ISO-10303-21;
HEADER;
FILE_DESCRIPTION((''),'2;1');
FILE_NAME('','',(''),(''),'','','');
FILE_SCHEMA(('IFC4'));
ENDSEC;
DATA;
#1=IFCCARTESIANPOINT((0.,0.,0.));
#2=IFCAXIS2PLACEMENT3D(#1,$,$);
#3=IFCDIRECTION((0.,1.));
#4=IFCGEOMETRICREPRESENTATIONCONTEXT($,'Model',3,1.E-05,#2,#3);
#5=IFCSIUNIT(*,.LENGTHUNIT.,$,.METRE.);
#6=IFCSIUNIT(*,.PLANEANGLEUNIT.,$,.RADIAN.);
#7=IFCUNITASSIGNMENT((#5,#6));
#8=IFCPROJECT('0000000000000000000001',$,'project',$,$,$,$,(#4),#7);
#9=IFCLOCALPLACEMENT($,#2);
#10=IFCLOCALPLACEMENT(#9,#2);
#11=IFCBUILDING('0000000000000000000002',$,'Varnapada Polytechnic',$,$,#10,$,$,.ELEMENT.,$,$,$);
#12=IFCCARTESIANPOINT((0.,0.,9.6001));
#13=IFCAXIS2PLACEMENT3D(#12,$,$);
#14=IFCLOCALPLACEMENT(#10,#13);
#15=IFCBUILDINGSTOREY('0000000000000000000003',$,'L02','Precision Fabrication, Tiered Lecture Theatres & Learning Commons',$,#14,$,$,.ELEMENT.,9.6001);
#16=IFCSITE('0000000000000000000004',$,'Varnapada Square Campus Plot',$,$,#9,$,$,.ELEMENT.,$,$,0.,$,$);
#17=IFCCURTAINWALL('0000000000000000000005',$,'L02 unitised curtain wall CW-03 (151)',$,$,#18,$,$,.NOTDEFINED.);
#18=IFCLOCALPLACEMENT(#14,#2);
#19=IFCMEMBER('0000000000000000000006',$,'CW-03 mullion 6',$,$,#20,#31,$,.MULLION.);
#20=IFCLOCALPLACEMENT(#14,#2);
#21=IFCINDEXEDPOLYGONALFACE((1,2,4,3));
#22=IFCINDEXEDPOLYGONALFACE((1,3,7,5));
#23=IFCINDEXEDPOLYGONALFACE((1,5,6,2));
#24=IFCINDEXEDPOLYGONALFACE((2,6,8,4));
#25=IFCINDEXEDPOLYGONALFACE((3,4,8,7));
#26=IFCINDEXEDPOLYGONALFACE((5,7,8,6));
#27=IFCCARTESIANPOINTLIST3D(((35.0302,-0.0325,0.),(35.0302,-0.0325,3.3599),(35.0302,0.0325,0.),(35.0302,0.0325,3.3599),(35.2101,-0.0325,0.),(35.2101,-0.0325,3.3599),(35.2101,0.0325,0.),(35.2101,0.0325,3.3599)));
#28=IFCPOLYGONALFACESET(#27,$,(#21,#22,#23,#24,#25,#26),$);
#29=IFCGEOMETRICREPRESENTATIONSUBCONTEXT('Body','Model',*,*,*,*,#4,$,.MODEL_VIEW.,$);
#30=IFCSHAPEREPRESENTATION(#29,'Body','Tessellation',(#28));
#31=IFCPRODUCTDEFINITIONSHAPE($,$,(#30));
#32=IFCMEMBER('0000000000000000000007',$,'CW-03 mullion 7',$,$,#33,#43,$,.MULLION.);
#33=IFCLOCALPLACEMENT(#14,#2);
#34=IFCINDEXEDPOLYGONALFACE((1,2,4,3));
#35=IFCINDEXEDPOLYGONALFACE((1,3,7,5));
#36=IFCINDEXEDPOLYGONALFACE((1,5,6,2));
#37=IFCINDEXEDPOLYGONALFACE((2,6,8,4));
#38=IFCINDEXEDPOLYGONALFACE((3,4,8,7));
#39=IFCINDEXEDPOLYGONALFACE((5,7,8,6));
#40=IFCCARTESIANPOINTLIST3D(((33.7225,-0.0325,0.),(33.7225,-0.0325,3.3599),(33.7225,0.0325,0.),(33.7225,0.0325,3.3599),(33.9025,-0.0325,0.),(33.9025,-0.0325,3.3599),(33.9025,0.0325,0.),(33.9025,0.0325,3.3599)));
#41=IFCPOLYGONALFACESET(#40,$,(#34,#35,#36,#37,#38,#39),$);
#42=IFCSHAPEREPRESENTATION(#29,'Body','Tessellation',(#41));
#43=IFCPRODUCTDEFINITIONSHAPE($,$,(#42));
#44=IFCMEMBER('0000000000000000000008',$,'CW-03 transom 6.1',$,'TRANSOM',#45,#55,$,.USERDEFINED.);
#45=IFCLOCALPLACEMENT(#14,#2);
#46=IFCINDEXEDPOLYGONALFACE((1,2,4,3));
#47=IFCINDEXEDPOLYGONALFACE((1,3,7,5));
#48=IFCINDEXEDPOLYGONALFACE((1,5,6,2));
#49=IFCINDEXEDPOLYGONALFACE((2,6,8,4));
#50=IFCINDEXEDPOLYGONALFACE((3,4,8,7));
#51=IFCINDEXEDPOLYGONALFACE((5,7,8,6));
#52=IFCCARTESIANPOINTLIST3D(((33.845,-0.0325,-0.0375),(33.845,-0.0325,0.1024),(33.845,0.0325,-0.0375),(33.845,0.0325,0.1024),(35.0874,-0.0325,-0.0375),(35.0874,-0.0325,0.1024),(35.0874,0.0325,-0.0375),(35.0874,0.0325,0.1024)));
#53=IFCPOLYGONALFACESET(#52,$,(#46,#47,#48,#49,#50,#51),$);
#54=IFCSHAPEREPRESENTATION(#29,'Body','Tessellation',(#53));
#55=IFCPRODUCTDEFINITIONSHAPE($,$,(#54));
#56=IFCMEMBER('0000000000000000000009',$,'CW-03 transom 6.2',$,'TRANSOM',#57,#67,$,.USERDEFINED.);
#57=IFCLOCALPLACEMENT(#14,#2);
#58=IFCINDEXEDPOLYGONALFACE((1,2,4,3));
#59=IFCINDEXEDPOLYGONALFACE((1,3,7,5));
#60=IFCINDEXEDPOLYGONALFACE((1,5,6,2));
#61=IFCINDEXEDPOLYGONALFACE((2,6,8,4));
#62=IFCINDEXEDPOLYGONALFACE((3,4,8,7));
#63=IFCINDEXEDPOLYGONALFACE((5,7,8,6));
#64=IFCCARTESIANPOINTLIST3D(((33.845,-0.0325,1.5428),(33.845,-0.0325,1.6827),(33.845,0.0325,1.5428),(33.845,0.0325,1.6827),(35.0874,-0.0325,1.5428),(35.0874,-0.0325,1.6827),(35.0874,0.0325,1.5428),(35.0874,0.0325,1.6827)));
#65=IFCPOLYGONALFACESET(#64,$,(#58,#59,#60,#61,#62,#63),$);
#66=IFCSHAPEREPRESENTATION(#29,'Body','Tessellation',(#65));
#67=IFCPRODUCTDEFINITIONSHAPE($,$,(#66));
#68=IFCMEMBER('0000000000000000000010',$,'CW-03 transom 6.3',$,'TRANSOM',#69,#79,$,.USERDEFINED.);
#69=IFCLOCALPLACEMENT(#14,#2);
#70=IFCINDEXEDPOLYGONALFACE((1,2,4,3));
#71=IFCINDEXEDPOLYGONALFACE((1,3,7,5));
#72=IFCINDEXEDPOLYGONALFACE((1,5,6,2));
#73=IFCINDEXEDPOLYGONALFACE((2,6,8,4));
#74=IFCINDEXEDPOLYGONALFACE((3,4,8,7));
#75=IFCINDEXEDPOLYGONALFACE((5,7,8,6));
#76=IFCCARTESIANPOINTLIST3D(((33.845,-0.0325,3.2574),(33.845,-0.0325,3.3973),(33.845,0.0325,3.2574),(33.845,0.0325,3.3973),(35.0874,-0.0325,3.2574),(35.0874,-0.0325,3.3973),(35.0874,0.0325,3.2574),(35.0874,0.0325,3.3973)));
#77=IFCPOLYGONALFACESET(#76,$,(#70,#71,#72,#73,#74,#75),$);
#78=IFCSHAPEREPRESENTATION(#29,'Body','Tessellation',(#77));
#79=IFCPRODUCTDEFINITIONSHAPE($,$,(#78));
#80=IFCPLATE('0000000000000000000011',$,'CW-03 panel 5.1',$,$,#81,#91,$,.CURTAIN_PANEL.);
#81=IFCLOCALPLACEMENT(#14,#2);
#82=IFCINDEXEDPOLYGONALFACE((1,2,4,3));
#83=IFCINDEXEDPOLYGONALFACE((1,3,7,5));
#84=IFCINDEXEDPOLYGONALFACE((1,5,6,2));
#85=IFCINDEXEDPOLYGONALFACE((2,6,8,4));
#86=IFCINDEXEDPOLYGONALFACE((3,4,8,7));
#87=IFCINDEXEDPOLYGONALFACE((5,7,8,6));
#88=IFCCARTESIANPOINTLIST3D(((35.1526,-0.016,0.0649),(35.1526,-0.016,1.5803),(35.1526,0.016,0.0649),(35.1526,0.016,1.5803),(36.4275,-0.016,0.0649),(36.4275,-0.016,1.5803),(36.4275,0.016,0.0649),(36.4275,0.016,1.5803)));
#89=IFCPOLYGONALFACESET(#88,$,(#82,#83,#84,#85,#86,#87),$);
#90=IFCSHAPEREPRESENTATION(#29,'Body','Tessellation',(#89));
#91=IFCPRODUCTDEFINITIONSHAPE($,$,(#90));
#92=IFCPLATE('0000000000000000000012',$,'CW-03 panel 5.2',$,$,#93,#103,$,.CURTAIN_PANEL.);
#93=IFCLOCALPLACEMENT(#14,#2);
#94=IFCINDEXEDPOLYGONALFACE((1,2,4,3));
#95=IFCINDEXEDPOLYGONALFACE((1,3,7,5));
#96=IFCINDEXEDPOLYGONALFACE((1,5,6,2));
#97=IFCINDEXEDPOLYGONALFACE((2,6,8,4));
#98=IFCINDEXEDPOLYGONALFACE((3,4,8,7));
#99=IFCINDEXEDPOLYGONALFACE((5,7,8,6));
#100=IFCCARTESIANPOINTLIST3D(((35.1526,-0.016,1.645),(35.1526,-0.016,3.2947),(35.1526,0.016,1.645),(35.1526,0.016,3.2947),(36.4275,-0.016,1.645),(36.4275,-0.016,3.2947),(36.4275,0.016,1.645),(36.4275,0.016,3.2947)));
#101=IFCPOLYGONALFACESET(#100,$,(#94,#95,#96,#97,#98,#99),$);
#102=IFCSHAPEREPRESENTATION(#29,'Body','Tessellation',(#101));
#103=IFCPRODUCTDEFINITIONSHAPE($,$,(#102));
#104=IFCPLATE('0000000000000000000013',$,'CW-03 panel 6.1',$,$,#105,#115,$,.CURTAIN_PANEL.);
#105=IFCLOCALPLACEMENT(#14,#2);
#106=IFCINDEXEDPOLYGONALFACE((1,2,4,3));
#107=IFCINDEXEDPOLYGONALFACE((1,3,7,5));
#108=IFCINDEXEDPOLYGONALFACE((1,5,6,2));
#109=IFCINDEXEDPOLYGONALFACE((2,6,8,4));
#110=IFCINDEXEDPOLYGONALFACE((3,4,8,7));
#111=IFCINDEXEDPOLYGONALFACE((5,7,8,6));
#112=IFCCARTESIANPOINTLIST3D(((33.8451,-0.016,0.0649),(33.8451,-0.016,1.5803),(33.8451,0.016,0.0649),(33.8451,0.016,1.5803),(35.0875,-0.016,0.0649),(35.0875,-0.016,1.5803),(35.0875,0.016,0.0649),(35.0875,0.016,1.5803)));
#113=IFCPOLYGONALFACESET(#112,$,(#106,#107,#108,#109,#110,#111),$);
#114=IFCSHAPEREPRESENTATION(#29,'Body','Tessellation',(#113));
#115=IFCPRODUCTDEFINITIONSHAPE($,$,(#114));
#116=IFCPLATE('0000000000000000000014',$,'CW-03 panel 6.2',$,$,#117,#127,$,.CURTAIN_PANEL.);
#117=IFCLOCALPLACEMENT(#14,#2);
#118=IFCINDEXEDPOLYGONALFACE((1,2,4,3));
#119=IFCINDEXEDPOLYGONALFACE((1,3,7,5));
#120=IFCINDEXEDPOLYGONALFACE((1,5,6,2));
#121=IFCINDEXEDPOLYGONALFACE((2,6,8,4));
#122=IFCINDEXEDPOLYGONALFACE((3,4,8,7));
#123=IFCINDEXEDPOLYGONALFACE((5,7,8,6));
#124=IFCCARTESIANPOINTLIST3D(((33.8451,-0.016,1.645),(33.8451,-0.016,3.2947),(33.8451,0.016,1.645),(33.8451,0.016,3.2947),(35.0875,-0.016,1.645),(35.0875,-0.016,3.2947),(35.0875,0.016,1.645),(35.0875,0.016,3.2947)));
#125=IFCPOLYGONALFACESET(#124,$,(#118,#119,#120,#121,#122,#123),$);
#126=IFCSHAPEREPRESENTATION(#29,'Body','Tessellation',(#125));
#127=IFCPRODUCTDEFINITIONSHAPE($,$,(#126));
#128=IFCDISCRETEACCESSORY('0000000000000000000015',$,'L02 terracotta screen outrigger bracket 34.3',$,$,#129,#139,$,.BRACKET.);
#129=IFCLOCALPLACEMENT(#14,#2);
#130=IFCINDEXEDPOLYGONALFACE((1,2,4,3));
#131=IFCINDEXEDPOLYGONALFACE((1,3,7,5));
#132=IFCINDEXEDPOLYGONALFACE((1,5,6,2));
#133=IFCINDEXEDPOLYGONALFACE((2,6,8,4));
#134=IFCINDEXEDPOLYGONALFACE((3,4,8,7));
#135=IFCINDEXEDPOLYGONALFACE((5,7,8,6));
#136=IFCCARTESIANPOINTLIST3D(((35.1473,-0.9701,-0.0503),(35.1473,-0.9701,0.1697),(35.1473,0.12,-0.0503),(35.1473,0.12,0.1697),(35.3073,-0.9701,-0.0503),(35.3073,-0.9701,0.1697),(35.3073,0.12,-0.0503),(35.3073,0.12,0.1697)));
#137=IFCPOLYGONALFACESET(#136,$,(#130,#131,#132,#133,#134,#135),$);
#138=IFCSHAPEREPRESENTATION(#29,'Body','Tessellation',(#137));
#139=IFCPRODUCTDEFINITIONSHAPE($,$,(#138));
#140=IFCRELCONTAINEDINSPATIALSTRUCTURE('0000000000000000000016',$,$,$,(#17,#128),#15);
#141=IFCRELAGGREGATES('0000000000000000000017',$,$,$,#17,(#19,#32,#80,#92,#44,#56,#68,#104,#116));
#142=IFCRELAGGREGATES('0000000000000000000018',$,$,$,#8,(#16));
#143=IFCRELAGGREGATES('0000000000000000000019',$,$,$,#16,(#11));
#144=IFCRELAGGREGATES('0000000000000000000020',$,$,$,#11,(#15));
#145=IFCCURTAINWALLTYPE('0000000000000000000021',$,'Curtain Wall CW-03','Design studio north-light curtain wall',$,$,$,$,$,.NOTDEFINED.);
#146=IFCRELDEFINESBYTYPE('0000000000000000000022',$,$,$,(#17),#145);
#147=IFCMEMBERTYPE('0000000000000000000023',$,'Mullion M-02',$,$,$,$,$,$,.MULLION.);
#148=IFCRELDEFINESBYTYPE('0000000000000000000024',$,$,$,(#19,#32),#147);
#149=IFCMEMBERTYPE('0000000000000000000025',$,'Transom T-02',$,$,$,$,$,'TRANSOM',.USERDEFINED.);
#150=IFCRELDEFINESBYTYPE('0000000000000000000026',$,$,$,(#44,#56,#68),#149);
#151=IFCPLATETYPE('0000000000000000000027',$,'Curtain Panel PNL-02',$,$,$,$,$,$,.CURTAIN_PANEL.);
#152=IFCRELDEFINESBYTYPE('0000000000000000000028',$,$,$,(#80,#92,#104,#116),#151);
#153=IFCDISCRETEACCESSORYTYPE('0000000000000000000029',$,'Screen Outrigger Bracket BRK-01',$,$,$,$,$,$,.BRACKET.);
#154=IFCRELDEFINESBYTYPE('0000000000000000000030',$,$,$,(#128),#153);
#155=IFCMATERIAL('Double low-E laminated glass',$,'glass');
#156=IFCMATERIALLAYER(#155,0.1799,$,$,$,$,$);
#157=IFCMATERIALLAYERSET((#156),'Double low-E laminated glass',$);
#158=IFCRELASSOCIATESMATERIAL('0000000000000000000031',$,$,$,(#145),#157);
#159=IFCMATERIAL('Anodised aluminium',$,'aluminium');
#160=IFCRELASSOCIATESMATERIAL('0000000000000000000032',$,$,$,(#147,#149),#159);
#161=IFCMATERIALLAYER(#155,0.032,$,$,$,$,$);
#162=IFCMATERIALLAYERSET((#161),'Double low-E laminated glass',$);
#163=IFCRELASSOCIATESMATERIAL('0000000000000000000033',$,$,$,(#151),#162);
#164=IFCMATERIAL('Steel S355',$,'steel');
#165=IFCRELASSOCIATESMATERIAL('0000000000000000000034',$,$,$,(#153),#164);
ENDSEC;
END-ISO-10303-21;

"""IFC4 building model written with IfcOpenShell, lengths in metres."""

from ifc_helpers import new_model, si_unit, direction, frame, origin, origin_2d, place, context, subcontext, project, spatial, rectangle, extrude, material, layer, layer_set, material_profile, profile_set, type_object, element, aggregate, save


model = new_model("IFC4")

# Units and contexts
model_context = context("Model", 3, precision=1e-05, world=origin(), true_north=direction((0.0, 1.0)))
body_context = subcontext(model_context, "Body", "Model", "MODEL_VIEW")
ifc_project = project(units=[si_unit("LENGTHUNIT", "METRE"), si_unit("PLANEANGLEUNIT", "RADIAN")], contexts=[model_context])

# Site, building, storey
site_placement = place(None, origin())
site = spatial("IfcSite", under=ifc_project, at=site_placement, Name="Varnapada Square Campus Plot", CompositionType="ELEMENT", RefElevation=0.0)
building_placement = place(site_placement, origin())
building = spatial("IfcBuilding", under=site, at=building_placement, Name="Varnapada Polytechnic", CompositionType="ELEMENT")
storey_placement = place(building_placement, frame((0.0, 0.0, 9.6001)))
storey = spatial("IfcBuildingStorey", under=building, at=storey_placement, Name="L02", Description="Precision Fabrication, Tiered Lecture Theatres & Learning Commons", CompositionType="ELEMENT", Elevation=9.6001)

# Curtain wall, members, plates
ifc_material_1 = material(Name="Double low-E laminated glass", Category="glass")
ifc_layer_1 = layer(ifc_material_1, 0.1799)
ifc_layer_set_1 = layer_set([ifc_layer_1], Name="Double low-E laminated glass")
curtain_wall_type = type_object("IfcCurtainWallType", Name="Curtain Wall CW-03", Description="Design studio north-light curtain wall", PredefinedType="NOTDEFINED", material=ifc_layer_set_1)
curtain_wall_placement = place(storey_placement, origin())
curtain_wall = element("IfcCurtainWall", 1, at=curtain_wall_placement, inside=storey, type_object=curtain_wall_type, Name="L02 unitised curtain wall CW-03 (151)", PredefinedType="NOTDEFINED")
ifc_material_2 = material(Name="Anodised aluminium", Category="aluminium")
ifc_material_profile_1 = material_profile(ifc_material_2, rectangle(XDim=0.0649, YDim=0.1799, at=origin_2d()), Name="ALU M65x180")
ifc_profile_set_1 = profile_set([ifc_material_profile_1], Name="Anodised aluminium")
member_type_1 = type_object("IfcMemberType", Name="Mullion M-02", PredefinedType="MULLION", material=ifc_profile_set_1)
member_1_placement = place(storey_placement, frame((35.1201, 0.0, 0.0), z_axis=(0.0, 0.0, 1.0), x_axis=(0.0, -1.0, 0.0)))
member_1 = element("IfcMember", 2, at=member_1_placement, type_object=member_type_1, Name="CW-03 mullion 6", PredefinedType="MULLION", context=body_context, shape_type="SweptSolid", body=[
    extrude(rectangle(XDim=0.0649, YDim=0.1799, at=origin_2d()), origin(), (0.0, 0.0, 1.0), 3.3599),
])
member_2_placement = place(storey_placement, frame((33.8125, 0.0, 0.0), z_axis=(0.0, 0.0, 1.0), x_axis=(0.0, -1.0, 0.0)))
member_2 = element("IfcMember", 3, at=member_2_placement, type_object=member_type_1, Name="CW-03 mullion 7", PredefinedType="MULLION", context=body_context, shape_type="SweptSolid", body=[
    extrude(rectangle(XDim=0.0649, YDim=0.1799, at=origin_2d()), origin(), (0.0, 0.0, 1.0), 3.3599),
])
ifc_material_profile_2 = material_profile(ifc_material_2, rectangle(XDim=0.0649, YDim=0.1399, at=origin_2d()), Name="ALU T65x140")
ifc_profile_set_2 = profile_set([ifc_material_profile_2], Name="Anodised aluminium")
member_type_2 = type_object("IfcMemberType", Name="Transom T-02", ElementType="TRANSOM", PredefinedType="USERDEFINED", material=ifc_profile_set_2)
member_3_placement = place(storey_placement, frame((35.0874, 0.0, 0.0325), z_axis=(-1.0, 0.0, 0.0), x_axis=(0.0, -1.0, 0.0)))
member_3 = element("IfcMember", 4, at=member_3_placement, type_object=member_type_2, Name="CW-03 transom 6.1", ObjectType="TRANSOM", PredefinedType="USERDEFINED", context=body_context, shape_type="SweptSolid", body=[
    extrude(rectangle(XDim=0.0649, YDim=0.1399, at=origin_2d()), origin(), (0.0, 0.0, 1.0), 1.2424),
])
member_4_placement = place(storey_placement, frame((35.0874, 0.0, 1.6128), z_axis=(-1.0, 0.0, 0.0), x_axis=(0.0, -1.0, 0.0)))
member_4 = element("IfcMember", 5, at=member_4_placement, type_object=member_type_2, Name="CW-03 transom 6.2", ObjectType="TRANSOM", PredefinedType="USERDEFINED", context=body_context, shape_type="SweptSolid", body=[
    extrude(rectangle(XDim=0.0649, YDim=0.1399, at=origin_2d()), origin(), (0.0, 0.0, 1.0), 1.2424),
])
member_5_placement = place(storey_placement, frame((35.0874, 0.0, 3.3274), z_axis=(-1.0, 0.0, 0.0), x_axis=(0.0, -1.0, 0.0)))
member_5 = element("IfcMember", 6, at=member_5_placement, type_object=member_type_2, Name="CW-03 transom 6.3", ObjectType="TRANSOM", PredefinedType="USERDEFINED", context=body_context, shape_type="SweptSolid", body=[
    extrude(rectangle(XDim=0.0649, YDim=0.1399, at=origin_2d()), origin(), (0.0, 0.0, 1.0), 1.2424),
])
ifc_layer_2 = layer(ifc_material_1, 0.032)
ifc_layer_set_2 = layer_set([ifc_layer_2], Name="Double low-E laminated glass")
plate_type = type_object("IfcPlateType", Name="Curtain Panel PNL-02", PredefinedType="CURTAIN_PANEL", material=ifc_layer_set_2)
plate_1_placement = place(storey_placement, frame((35.79, 0.0, 0.0649), z_axis=(0.0, 0.0, 1.0), x_axis=(-1.0, 0.0, 0.0)))
plate_1 = element("IfcPlate", 7, at=plate_1_placement, type_object=plate_type, Name="CW-03 panel 5.1", PredefinedType="CURTAIN_PANEL", context=body_context, shape_type="SweptSolid", body=[
    extrude(rectangle(XDim=1.2749, YDim=0.032, at=origin_2d()), origin(), (0.0, 0.0, 1.0), 1.5154),
])
plate_2_placement = place(storey_placement, frame((35.79, 0.0, 1.645), z_axis=(0.0, 0.0, 1.0), x_axis=(-1.0, 0.0, 0.0)))
plate_2 = element("IfcPlate", 8, at=plate_2_placement, type_object=plate_type, Name="CW-03 panel 5.2", PredefinedType="CURTAIN_PANEL", context=body_context, shape_type="SweptSolid", body=[
    extrude(rectangle(XDim=1.2749, YDim=0.032, at=origin_2d()), origin(), (0.0, 0.0, 1.0), 1.6497),
])
plate_3_placement = place(storey_placement, frame((34.4663, 0.0, 0.0649), z_axis=(0.0, 0.0, 1.0), x_axis=(-1.0, 0.0, 0.0)))
plate_3 = element("IfcPlate", 9, at=plate_3_placement, type_object=plate_type, Name="CW-03 panel 6.1", PredefinedType="CURTAIN_PANEL", context=body_context, shape_type="SweptSolid", body=[
    extrude(rectangle(XDim=1.2424, YDim=0.032, at=origin_2d()), origin(), (0.0, 0.0, 1.0), 1.5154),
])
plate_4_placement = place(storey_placement, frame((34.4663, 0.0, 1.645), z_axis=(0.0, 0.0, 1.0), x_axis=(-1.0, 0.0, 0.0)))
plate_4 = element("IfcPlate", 10, at=plate_4_placement, type_object=plate_type, Name="CW-03 panel 6.2", PredefinedType="CURTAIN_PANEL", context=body_context, shape_type="SweptSolid", body=[
    extrude(rectangle(XDim=1.2424, YDim=0.032, at=origin_2d()), origin(), (0.0, 0.0, 1.0), 1.6497),
])
aggregate(curtain_wall, [member_1, member_2, plate_1, plate_2, member_3, member_4, member_5, plate_3, plate_4])

# Discrete accessory
ifc_material_3 = material(Name="Steel S355", Category="steel")
discrete_accessory_type = type_object("IfcDiscreteAccessoryType", Name="Screen Outrigger Bracket BRK-01", PredefinedType="BRACKET", material=ifc_material_3)
discrete_accessory_placement = place(storey_placement, frame((35.2273, -0.425, -0.0503), z_axis=(0.0, 0.0, 1.0), x_axis=(-1.0, 0.0, 0.0)))
element("IfcDiscreteAccessory", 11, at=discrete_accessory_placement, inside=storey, type_object=discrete_accessory_type, Name="L02 terracotta screen outrigger bracket 34.3", PredefinedType="BRACKET", context=body_context, shape_type="SweptSolid", body=[
    extrude(rectangle(XDim=0.1599, YDim=1.0901, at=origin_2d()), origin(), (0.0, 0.0, 1.0), 0.22),
])

save(model, "model.ifc")
